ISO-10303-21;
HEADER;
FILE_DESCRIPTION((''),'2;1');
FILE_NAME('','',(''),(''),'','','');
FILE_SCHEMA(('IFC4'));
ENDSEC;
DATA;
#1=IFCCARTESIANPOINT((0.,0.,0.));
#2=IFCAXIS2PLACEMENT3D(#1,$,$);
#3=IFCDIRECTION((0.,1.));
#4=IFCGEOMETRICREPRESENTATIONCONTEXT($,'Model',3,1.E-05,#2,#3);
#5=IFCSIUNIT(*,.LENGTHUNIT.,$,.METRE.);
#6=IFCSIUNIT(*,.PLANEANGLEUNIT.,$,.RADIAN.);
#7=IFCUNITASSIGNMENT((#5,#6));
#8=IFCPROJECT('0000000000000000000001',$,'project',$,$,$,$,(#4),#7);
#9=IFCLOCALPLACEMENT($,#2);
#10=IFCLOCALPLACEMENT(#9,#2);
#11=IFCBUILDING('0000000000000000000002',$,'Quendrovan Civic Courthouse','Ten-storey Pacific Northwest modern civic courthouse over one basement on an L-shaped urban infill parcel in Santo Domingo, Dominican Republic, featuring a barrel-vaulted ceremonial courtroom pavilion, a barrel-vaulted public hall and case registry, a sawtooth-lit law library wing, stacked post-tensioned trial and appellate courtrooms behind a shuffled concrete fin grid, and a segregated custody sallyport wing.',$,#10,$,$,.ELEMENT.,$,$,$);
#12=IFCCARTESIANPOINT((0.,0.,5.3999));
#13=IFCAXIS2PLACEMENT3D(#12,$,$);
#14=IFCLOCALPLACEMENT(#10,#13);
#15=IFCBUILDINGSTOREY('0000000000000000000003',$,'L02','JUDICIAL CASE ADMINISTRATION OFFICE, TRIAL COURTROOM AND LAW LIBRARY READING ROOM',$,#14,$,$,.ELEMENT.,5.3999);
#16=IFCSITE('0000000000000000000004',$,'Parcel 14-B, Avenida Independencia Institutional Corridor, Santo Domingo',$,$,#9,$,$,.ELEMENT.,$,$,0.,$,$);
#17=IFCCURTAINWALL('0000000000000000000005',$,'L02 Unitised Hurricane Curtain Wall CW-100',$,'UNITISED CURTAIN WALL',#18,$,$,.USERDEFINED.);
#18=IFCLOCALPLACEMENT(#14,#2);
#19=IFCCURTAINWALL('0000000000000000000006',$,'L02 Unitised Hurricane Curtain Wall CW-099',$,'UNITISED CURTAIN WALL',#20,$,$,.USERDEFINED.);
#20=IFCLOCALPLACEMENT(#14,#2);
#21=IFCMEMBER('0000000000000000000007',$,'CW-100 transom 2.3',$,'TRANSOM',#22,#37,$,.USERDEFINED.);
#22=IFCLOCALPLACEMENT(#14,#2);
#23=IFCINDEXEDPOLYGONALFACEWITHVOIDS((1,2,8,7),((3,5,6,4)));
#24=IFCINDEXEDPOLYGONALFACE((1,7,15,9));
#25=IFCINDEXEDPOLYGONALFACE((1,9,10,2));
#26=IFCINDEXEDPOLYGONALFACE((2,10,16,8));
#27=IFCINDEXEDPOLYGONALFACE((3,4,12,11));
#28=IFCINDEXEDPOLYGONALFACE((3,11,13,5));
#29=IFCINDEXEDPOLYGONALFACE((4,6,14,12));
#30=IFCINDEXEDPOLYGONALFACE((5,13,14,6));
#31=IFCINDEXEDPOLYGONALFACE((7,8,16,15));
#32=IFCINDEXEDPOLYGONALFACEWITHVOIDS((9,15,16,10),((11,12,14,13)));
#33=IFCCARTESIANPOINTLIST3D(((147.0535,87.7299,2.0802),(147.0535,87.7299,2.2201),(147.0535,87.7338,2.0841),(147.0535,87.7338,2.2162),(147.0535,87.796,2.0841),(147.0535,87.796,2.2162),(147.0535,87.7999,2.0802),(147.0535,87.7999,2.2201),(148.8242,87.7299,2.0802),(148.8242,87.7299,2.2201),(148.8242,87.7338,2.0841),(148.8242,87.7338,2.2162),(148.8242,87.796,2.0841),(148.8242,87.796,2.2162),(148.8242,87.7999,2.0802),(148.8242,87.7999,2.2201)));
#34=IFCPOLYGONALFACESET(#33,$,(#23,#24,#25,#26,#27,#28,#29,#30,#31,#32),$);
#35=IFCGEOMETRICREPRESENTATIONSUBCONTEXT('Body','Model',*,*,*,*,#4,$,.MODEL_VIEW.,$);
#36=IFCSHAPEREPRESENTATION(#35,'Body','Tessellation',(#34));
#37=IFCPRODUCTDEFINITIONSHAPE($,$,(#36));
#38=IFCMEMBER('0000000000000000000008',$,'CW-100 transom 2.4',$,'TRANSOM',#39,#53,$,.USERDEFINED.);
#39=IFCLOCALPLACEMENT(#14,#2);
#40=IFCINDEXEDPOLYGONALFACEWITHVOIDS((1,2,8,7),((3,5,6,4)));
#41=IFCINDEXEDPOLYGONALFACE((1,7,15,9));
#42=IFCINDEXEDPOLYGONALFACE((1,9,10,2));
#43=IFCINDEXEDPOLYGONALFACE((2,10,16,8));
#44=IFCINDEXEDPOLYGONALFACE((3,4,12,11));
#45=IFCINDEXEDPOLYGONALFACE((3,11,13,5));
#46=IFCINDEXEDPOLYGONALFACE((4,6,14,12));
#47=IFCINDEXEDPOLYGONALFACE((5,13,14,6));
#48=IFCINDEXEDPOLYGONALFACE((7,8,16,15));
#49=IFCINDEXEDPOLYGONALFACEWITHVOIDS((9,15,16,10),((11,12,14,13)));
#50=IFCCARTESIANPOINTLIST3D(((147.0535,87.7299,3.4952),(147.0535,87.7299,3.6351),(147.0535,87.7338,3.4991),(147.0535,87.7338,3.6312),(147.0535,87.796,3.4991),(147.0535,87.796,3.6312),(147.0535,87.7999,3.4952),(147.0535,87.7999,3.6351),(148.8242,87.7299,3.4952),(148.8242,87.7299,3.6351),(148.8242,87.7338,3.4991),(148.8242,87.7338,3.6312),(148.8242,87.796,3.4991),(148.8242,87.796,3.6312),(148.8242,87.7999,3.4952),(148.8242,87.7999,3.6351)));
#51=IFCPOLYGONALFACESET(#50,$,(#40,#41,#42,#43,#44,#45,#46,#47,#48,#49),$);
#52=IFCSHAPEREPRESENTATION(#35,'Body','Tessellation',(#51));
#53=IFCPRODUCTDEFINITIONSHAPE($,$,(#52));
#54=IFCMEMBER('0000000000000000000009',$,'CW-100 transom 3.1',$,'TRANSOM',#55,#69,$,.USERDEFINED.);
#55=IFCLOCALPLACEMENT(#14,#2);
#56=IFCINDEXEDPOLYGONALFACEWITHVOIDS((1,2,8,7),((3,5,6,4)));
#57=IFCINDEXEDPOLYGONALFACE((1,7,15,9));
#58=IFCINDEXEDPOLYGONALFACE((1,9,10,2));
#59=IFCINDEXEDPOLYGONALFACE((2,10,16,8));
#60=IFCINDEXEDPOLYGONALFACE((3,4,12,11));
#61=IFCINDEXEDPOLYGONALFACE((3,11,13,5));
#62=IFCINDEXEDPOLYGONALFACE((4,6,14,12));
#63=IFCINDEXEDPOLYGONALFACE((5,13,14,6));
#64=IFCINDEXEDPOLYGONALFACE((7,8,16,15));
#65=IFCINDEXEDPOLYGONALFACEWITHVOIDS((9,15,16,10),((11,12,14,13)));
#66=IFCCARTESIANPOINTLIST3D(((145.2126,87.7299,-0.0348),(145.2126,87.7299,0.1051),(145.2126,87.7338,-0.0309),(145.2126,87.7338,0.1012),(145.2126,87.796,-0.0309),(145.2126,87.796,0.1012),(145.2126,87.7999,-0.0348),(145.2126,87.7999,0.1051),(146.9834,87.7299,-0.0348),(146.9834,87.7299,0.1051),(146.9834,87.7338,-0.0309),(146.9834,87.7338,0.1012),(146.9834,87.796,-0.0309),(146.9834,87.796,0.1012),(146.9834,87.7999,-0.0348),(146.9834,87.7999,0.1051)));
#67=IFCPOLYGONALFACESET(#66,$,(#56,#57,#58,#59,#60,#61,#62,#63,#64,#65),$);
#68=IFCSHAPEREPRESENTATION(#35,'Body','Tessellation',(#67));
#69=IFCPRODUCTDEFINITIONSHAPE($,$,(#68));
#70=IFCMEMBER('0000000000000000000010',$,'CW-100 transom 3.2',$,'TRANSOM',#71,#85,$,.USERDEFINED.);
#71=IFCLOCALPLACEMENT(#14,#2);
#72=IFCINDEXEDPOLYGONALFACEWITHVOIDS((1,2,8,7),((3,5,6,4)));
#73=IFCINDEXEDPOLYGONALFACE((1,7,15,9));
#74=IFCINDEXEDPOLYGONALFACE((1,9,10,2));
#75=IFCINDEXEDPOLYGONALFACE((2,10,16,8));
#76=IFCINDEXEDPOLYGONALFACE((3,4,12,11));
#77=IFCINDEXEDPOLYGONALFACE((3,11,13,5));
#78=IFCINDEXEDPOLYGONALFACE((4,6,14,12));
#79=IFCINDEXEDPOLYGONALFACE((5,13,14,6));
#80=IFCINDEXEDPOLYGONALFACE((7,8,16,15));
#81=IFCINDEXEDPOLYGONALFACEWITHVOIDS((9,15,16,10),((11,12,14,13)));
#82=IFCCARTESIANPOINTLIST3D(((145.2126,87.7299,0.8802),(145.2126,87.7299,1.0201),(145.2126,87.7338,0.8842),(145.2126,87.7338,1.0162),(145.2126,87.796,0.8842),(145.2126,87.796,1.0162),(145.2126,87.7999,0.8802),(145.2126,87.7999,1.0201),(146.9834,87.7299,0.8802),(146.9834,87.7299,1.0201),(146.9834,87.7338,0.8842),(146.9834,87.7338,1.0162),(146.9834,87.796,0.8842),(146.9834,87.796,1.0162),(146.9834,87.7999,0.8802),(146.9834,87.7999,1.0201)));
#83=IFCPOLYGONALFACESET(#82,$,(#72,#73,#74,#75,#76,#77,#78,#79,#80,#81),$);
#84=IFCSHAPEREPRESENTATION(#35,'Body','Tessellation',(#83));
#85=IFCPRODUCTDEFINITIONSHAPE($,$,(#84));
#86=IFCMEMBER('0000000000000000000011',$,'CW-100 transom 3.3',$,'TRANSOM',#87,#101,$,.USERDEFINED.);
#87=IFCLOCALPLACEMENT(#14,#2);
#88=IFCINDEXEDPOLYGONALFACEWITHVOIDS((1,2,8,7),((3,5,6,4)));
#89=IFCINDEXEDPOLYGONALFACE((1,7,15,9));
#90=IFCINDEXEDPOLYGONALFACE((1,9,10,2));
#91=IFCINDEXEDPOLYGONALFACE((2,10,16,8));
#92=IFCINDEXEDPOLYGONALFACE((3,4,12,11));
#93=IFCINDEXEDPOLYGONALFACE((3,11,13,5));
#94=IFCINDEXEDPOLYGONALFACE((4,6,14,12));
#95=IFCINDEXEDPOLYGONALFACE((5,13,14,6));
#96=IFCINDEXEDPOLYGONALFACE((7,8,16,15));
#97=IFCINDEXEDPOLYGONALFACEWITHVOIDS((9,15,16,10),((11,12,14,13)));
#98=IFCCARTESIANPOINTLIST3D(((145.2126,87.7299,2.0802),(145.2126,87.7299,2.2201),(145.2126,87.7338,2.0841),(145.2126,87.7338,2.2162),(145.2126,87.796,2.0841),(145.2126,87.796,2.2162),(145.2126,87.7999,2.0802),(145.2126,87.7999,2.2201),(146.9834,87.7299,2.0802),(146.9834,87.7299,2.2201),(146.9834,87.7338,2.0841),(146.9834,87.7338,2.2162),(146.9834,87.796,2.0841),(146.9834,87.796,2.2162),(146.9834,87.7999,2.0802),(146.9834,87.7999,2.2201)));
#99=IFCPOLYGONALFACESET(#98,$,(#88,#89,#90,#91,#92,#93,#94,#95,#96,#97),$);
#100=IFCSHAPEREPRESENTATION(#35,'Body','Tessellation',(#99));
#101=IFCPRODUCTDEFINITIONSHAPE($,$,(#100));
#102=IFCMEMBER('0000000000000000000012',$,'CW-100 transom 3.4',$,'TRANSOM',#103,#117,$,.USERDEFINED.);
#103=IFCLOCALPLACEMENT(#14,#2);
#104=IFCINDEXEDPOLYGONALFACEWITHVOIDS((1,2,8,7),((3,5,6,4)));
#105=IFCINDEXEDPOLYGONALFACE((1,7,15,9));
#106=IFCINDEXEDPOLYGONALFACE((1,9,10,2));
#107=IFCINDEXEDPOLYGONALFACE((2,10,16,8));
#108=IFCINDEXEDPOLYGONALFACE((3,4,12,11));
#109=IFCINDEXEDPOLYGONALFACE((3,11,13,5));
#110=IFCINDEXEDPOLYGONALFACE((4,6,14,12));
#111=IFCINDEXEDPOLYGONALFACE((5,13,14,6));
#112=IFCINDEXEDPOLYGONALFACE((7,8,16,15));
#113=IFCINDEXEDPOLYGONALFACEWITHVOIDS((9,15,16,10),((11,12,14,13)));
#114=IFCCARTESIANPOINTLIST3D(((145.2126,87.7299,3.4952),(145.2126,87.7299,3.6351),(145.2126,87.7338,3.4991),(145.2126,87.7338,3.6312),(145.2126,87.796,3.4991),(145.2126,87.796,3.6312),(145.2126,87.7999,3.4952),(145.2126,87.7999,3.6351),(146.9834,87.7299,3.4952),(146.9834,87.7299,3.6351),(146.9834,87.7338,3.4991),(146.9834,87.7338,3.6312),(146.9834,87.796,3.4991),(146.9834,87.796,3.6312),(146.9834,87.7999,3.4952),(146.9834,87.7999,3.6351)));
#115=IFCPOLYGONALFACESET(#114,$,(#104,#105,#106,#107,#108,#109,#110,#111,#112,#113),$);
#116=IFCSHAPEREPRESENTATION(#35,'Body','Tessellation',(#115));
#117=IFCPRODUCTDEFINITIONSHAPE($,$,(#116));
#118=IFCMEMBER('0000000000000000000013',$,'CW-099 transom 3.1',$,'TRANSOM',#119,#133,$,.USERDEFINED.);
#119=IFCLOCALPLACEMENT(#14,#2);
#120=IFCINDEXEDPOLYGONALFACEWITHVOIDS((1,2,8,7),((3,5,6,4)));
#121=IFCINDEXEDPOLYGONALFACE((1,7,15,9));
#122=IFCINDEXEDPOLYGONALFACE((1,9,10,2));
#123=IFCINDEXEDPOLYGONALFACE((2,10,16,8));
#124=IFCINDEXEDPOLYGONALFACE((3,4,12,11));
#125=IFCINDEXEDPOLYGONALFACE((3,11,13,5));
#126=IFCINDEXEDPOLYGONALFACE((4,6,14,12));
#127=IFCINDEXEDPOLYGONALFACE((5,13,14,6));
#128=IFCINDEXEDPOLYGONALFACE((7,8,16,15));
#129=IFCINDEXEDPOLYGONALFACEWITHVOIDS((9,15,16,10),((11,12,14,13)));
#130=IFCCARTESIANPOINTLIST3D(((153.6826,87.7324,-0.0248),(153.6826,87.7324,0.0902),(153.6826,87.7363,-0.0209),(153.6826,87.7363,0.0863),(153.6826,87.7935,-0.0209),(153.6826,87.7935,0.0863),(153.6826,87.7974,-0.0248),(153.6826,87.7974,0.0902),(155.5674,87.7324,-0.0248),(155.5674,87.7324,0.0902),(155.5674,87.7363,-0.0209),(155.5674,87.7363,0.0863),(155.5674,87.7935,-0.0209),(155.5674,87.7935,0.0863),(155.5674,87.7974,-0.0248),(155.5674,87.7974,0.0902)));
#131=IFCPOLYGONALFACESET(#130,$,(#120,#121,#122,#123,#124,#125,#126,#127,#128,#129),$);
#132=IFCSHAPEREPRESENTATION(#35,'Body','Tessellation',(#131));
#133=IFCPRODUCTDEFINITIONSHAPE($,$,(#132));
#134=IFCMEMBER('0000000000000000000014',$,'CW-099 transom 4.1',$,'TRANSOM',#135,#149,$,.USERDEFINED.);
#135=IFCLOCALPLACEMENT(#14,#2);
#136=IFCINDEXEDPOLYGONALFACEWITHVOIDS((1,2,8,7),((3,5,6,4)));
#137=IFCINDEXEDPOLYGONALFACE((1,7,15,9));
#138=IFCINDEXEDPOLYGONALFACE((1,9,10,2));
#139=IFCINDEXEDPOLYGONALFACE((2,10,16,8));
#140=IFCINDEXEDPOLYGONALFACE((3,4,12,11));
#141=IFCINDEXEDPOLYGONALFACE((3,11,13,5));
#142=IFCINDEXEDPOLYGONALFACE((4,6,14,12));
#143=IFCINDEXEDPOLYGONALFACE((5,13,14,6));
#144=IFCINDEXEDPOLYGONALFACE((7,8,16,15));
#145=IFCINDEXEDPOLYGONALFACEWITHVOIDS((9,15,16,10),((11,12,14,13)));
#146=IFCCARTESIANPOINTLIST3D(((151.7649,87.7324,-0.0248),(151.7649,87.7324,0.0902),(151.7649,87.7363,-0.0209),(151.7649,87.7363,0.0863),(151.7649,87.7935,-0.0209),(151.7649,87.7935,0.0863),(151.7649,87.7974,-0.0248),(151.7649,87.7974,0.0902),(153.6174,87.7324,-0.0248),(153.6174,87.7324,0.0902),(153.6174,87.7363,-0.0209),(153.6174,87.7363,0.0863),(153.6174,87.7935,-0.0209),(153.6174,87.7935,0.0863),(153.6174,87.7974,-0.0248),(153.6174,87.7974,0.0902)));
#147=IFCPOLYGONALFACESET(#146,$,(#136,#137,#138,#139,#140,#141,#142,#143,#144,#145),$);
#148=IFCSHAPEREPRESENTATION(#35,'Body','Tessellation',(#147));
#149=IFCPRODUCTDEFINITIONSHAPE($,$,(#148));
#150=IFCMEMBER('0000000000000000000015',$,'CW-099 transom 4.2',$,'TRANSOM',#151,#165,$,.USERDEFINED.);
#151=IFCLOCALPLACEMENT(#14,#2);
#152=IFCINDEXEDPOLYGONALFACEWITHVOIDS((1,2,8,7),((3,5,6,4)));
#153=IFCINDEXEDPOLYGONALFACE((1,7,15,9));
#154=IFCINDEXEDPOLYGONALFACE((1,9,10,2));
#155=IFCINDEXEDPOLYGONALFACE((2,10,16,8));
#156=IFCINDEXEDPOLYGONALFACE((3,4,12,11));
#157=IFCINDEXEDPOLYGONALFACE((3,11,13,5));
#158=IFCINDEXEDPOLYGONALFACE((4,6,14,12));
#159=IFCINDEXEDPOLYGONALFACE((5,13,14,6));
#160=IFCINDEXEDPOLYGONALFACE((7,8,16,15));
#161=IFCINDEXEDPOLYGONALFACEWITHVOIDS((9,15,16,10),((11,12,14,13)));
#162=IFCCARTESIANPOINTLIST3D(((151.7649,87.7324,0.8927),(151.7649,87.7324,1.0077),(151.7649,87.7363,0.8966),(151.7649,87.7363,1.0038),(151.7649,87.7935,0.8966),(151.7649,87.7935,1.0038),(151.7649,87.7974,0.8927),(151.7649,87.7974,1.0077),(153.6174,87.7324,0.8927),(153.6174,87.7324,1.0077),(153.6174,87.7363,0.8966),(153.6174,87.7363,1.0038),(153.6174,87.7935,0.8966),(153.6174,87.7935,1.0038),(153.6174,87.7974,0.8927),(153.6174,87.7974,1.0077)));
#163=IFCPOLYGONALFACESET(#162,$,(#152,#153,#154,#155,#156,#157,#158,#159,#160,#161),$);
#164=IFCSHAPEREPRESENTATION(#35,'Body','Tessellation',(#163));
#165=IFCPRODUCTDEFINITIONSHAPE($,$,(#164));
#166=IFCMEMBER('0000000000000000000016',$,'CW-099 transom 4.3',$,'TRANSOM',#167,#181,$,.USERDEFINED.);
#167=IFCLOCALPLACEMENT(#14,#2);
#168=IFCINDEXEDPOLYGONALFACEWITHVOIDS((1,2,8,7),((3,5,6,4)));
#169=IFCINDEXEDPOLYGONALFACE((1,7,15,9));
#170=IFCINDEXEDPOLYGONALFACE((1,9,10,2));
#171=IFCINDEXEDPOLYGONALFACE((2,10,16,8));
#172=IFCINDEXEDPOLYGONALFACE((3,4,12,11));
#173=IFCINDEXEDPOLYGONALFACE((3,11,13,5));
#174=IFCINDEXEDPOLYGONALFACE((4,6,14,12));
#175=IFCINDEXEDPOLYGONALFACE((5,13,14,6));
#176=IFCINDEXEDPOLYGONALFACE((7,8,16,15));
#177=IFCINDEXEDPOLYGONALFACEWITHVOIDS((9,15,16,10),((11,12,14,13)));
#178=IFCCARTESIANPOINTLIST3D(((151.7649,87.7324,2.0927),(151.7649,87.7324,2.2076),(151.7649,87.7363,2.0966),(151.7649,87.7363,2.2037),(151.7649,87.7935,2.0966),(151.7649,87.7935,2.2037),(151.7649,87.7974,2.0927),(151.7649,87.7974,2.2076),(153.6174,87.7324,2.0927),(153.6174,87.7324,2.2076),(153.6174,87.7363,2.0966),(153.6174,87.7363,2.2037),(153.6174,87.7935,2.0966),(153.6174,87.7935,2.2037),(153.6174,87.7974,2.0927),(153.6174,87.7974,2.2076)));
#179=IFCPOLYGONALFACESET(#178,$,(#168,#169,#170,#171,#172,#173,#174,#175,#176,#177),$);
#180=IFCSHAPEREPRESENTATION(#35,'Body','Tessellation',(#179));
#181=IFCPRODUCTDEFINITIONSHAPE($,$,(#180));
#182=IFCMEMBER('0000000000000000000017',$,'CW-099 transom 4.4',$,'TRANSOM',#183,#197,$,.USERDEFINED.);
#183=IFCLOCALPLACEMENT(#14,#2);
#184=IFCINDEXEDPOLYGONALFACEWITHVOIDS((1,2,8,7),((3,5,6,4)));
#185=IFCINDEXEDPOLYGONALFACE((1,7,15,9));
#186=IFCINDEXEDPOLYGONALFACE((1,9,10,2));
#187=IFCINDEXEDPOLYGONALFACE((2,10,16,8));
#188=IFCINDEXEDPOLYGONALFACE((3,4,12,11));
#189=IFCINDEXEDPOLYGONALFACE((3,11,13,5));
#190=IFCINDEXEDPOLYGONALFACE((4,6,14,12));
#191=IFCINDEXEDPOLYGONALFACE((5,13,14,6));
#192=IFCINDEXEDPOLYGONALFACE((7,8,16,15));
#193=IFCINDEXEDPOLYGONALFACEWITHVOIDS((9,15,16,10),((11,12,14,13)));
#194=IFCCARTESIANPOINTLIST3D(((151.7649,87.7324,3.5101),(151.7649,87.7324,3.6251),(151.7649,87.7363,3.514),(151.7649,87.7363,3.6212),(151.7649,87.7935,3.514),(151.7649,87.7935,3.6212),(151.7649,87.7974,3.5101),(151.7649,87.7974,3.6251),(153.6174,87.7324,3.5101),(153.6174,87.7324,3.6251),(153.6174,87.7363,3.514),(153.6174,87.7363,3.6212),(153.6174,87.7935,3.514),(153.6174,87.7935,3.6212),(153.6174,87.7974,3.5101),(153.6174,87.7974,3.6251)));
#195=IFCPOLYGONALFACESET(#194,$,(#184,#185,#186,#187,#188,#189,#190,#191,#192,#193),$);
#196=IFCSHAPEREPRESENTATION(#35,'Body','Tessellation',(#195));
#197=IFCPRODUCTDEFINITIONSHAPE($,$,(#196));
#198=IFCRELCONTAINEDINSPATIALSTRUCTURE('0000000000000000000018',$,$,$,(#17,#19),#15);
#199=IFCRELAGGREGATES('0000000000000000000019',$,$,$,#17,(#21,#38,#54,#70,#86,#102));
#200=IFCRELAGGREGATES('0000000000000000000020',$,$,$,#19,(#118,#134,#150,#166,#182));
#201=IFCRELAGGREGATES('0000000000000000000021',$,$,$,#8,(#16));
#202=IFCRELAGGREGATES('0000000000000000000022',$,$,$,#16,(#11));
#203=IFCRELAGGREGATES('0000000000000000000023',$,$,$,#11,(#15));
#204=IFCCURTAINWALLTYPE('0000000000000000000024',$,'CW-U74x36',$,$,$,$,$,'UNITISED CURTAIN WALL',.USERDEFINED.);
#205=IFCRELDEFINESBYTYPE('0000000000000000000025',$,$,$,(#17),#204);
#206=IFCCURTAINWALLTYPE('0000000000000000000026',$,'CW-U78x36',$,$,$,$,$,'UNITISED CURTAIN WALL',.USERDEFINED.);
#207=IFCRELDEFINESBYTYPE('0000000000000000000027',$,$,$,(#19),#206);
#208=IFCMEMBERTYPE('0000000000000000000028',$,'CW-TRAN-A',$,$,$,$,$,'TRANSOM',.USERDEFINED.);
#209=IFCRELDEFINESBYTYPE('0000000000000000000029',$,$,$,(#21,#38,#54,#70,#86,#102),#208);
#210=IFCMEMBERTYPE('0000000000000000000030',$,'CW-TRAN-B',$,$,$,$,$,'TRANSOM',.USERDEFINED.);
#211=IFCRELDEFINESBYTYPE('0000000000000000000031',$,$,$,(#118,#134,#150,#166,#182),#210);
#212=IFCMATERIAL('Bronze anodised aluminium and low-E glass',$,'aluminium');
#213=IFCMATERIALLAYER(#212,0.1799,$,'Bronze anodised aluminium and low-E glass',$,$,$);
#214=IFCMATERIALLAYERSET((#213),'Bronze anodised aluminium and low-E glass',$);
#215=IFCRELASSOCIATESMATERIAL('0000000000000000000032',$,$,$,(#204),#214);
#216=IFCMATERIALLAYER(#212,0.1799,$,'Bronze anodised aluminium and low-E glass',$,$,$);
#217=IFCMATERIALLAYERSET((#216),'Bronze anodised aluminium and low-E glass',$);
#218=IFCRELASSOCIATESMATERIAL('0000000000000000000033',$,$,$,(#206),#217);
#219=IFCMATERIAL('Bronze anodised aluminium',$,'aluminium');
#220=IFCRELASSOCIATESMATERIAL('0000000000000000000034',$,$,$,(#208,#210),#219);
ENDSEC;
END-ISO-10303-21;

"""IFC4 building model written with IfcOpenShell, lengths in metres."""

from ifc_helpers import new_model, si_unit, direction, frame, origin, origin_2d, place, context, subcontext, project, spatial, hollow_rectangle, extrude, material, layer, layer_set, material_profile, profile_set, type_object, element, aggregate, save


model = new_model("IFC4")

# Units and contexts
model_context = context("Model", 3, precision=1e-05, world=origin(), true_north=direction((0.0, 1.0)))
body_context = subcontext(model_context, "Body", "Model", "MODEL_VIEW")
ifc_project = project(units=[si_unit("LENGTHUNIT", "METRE"), si_unit("PLANEANGLEUNIT", "RADIAN")], contexts=[model_context])

# Site, building, storey
site_placement = place(None, origin())
site = spatial("IfcSite", under=ifc_project, at=site_placement, Name="Parcel 14-B, Avenida Independencia Institutional Corridor, Santo Domingo", CompositionType="ELEMENT", RefElevation=0.0)
building_placement = place(site_placement, origin())
building = spatial("IfcBuilding", under=site, at=building_placement, Name="Quendrovan Civic Courthouse", Description="Ten-storey Pacific Northwest modern civic courthouse over one basement on an L-shaped urban infill parcel in Santo Domingo, Dominican Republic, featuring a barrel-vaulted ceremonial courtroom pavilion, a barrel-vaulted public hall and case registry, a sawtooth-lit law library wing, stacked post-tensioned trial and appellate courtrooms behind a shuffled concrete fin grid, and a segregated custody sallyport wing.", CompositionType="ELEMENT")
storey_placement = place(building_placement, frame((0.0, 0.0, 5.3999)))
storey = spatial("IfcBuildingStorey", under=building, at=storey_placement, Name="L02", Description="JUDICIAL CASE ADMINISTRATION OFFICE, TRIAL COURTROOM AND LAW LIBRARY READING ROOM", CompositionType="ELEMENT", Elevation=5.3999)

# Curtain walls
ifc_material_1 = material(Name="Bronze anodised aluminium and low-E glass", Category="aluminium")
ifc_layer_1 = layer(ifc_material_1, 0.1799, Name="Bronze anodised aluminium and low-E glass")
ifc_layer_set_1 = layer_set([ifc_layer_1], Name="Bronze anodised aluminium and low-E glass")
curtain_wall_type_1 = type_object("IfcCurtainWallType", Name="CW-U74x36", ElementType="UNITISED CURTAIN WALL", PredefinedType="USERDEFINED", material=ifc_layer_set_1)
curtain_wall_1_placement = place(storey_placement, origin())
curtain_wall_1 = element("IfcCurtainWall", 1, at=curtain_wall_1_placement, inside=storey, type_object=curtain_wall_type_1, Name="L02 Unitised Hurricane Curtain Wall CW-100", ObjectType="UNITISED CURTAIN WALL", PredefinedType="USERDEFINED")
ifc_material_2 = material(Name="Bronze anodised aluminium", Category="aluminium")
ifc_layer_2 = layer(ifc_material_1, 0.1799, Name="Bronze anodised aluminium and low-E glass")
ifc_layer_set_2 = layer_set([ifc_layer_2], Name="Bronze anodised aluminium and low-E glass")
curtain_wall_type_2 = type_object("IfcCurtainWallType", Name="CW-U78x36", ElementType="UNITISED CURTAIN WALL", PredefinedType="USERDEFINED", material=ifc_layer_set_2)
curtain_wall_2_placement = place(storey_placement, origin())
curtain_wall_2 = element("IfcCurtainWall", 2, at=curtain_wall_2_placement, inside=storey, type_object=curtain_wall_type_2, Name="L02 Unitised Hurricane Curtain Wall CW-099", ObjectType="UNITISED CURTAIN WALL", PredefinedType="USERDEFINED")

# Members
ifc_material_profile_1 = material_profile(ifc_material_2, hollow_rectangle(XDim=0.0701, YDim=0.1399, WallThickness=0.0039, at=origin_2d()), Name="CW-TRAN-70x140")
ifc_profile_set_1 = profile_set([ifc_material_profile_1], Name="Bronze anodised aluminium")
member_type_1 = type_object("IfcMemberType", Name="CW-TRAN-A", ElementType="TRANSOM", PredefinedType="USERDEFINED", material=ifc_profile_set_1)
member_1_placement = place(storey_placement, frame((148.8242, 87.7649, 2.1501), z_axis=(-1.0, 0.0, 0.0), x_axis=(0.0, -1.0, 0.0)))
member_1 = element("IfcMember", 3, at=member_1_placement, type_object=member_type_1, Name="CW-100 transom 2.3", ObjectType="TRANSOM", PredefinedType="USERDEFINED", context=body_context, shape_type="SweptSolid", body=[
    extrude(hollow_rectangle(XDim=0.0701, YDim=0.1399, WallThickness=0.0039, at=origin_2d()), origin(), (0.0, 0.0, 1.0), 1.7708),
])
member_2_placement = place(storey_placement, frame((148.8242, 87.7649, 3.5652), z_axis=(-1.0, 0.0, 0.0), x_axis=(0.0, -1.0, 0.0)))
member_2 = element("IfcMember", 4, at=member_2_placement, type_object=member_type_1, Name="CW-100 transom 2.4", ObjectType="TRANSOM", PredefinedType="USERDEFINED", context=body_context, shape_type="SweptSolid", body=[
    extrude(hollow_rectangle(XDim=0.0701, YDim=0.1399, WallThickness=0.0039, at=origin_2d()), origin(), (0.0, 0.0, 1.0), 1.7708),
])
member_3_placement = place(storey_placement, frame((146.9834, 87.7649, 0.0352), z_axis=(-1.0, 0.0, 0.0), x_axis=(0.0, -1.0, 0.0)))
member_3 = element("IfcMember", 5, at=member_3_placement, type_object=member_type_1, Name="CW-100 transom 3.1", ObjectType="TRANSOM", PredefinedType="USERDEFINED", context=body_context, shape_type="SweptSolid", body=[
    extrude(hollow_rectangle(XDim=0.0701, YDim=0.1399, WallThickness=0.0039, at=origin_2d()), origin(), (0.0, 0.0, 1.0), 1.7708),
])
member_4_placement = place(storey_placement, frame((146.9834, 87.7649, 0.9502), z_axis=(-1.0, 0.0, 0.0), x_axis=(0.0, -1.0, 0.0)))
member_4 = element("IfcMember", 6, at=member_4_placement, type_object=member_type_1, Name="CW-100 transom 3.2", ObjectType="TRANSOM", PredefinedType="USERDEFINED", context=body_context, shape_type="SweptSolid", body=[
    extrude(hollow_rectangle(XDim=0.0701, YDim=0.1399, WallThickness=0.0039, at=origin_2d()), origin(), (0.0, 0.0, 1.0), 1.7708),
])
member_5_placement = place(storey_placement, frame((146.9834, 87.7649, 2.1501), z_axis=(-1.0, 0.0, 0.0), x_axis=(0.0, -1.0, 0.0)))
member_5 = element("IfcMember", 7, at=member_5_placement, type_object=member_type_1, Name="CW-100 transom 3.3", ObjectType="TRANSOM", PredefinedType="USERDEFINED", context=body_context, shape_type="SweptSolid", body=[
    extrude(hollow_rectangle(XDim=0.0701, YDim=0.1399, WallThickness=0.0039, at=origin_2d()), origin(), (0.0, 0.0, 1.0), 1.7708),
])
member_6_placement = place(storey_placement, frame((146.9834, 87.7649, 3.5652), z_axis=(-1.0, 0.0, 0.0), x_axis=(0.0, -1.0, 0.0)))
member_6 = element("IfcMember", 8, at=member_6_placement, type_object=member_type_1, Name="CW-100 transom 3.4", ObjectType="TRANSOM", PredefinedType="USERDEFINED", context=body_context, shape_type="SweptSolid", body=[
    extrude(hollow_rectangle(XDim=0.0701, YDim=0.1399, WallThickness=0.0039, at=origin_2d()), origin(), (0.0, 0.0, 1.0), 1.7708),
])
ifc_material_profile_2 = material_profile(ifc_material_2, hollow_rectangle(XDim=0.0649, YDim=0.115, WallThickness=0.0039, at=origin_2d()), Name="CW-TRAN-65x115")
ifc_profile_set_2 = profile_set([ifc_material_profile_2], Name="Bronze anodised aluminium")
member_type_2 = type_object("IfcMemberType", Name="CW-TRAN-B", ElementType="TRANSOM", PredefinedType="USERDEFINED", material=ifc_profile_set_2)
member_7_placement = place(storey_placement, frame((155.5674, 87.7649, 0.0327), z_axis=(-1.0, 0.0, 0.0), x_axis=(0.0, -1.0, 0.0)))
member_7 = element("IfcMember", 9, at=member_7_placement, type_object=member_type_2, Name="CW-099 transom 3.1", ObjectType="TRANSOM", PredefinedType="USERDEFINED", context=body_context, shape_type="SweptSolid", body=[
    extrude(hollow_rectangle(XDim=0.0649, YDim=0.115, WallThickness=0.0039, at=origin_2d()), origin(), (0.0, 0.0, 1.0), 1.8848),
])
member_8_placement = place(storey_placement, frame((153.6174, 87.7649, 0.0327), z_axis=(-1.0, 0.0, 0.0), x_axis=(0.0, -1.0, 0.0)))
member_8 = element("IfcMember", 10, at=member_8_placement, type_object=member_type_2, Name="CW-099 transom 4.1", ObjectType="TRANSOM", PredefinedType="USERDEFINED", context=body_context, shape_type="SweptSolid", body=[
    extrude(hollow_rectangle(XDim=0.0649, YDim=0.115, WallThickness=0.0039, at=origin_2d()), origin(), (0.0, 0.0, 1.0), 1.8525),
])
member_9_placement = place(storey_placement, frame((153.6174, 87.7649, 0.9502), z_axis=(-1.0, 0.0, 0.0), x_axis=(0.0, -1.0, 0.0)))
member_9 = element("IfcMember", 11, at=member_9_placement, type_object=member_type_2, Name="CW-099 transom 4.2", ObjectType="TRANSOM", PredefinedType="USERDEFINED", context=body_context, shape_type="SweptSolid", body=[
    extrude(hollow_rectangle(XDim=0.0649, YDim=0.115, WallThickness=0.0039, at=origin_2d()), origin(), (0.0, 0.0, 1.0), 1.8525),
])
member_10_placement = place(storey_placement, frame((153.6174, 87.7649, 2.1501), z_axis=(-1.0, 0.0, 0.0), x_axis=(0.0, -1.0, 0.0)))
member_10 = element("IfcMember", 12, at=member_10_placement, type_object=member_type_2, Name="CW-099 transom 4.3", ObjectType="TRANSOM", PredefinedType="USERDEFINED", context=body_context, shape_type="SweptSolid", body=[
    extrude(hollow_rectangle(XDim=0.0649, YDim=0.115, WallThickness=0.0039, at=origin_2d()), origin(), (0.0, 0.0, 1.0), 1.8525),
])
member_11_placement = place(storey_placement, frame((153.6174, 87.7649, 3.5676), z_axis=(-1.0, 0.0, 0.0), x_axis=(0.0, -1.0, 0.0)))
member_11 = element("IfcMember", 13, at=member_11_placement, type_object=member_type_2, Name="CW-099 transom 4.4", ObjectType="TRANSOM", PredefinedType="USERDEFINED", context=body_context, shape_type="SweptSolid", body=[
    extrude(hollow_rectangle(XDim=0.0649, YDim=0.115, WallThickness=0.0039, at=origin_2d()), origin(), (0.0, 0.0, 1.0), 1.8525),
])

aggregate(curtain_wall_1, [member_1, member_2, member_3, member_4, member_5, member_6])
aggregate(curtain_wall_2, [member_7, member_8, member_9, member_10, member_11])

save(model, "model.ifc")
